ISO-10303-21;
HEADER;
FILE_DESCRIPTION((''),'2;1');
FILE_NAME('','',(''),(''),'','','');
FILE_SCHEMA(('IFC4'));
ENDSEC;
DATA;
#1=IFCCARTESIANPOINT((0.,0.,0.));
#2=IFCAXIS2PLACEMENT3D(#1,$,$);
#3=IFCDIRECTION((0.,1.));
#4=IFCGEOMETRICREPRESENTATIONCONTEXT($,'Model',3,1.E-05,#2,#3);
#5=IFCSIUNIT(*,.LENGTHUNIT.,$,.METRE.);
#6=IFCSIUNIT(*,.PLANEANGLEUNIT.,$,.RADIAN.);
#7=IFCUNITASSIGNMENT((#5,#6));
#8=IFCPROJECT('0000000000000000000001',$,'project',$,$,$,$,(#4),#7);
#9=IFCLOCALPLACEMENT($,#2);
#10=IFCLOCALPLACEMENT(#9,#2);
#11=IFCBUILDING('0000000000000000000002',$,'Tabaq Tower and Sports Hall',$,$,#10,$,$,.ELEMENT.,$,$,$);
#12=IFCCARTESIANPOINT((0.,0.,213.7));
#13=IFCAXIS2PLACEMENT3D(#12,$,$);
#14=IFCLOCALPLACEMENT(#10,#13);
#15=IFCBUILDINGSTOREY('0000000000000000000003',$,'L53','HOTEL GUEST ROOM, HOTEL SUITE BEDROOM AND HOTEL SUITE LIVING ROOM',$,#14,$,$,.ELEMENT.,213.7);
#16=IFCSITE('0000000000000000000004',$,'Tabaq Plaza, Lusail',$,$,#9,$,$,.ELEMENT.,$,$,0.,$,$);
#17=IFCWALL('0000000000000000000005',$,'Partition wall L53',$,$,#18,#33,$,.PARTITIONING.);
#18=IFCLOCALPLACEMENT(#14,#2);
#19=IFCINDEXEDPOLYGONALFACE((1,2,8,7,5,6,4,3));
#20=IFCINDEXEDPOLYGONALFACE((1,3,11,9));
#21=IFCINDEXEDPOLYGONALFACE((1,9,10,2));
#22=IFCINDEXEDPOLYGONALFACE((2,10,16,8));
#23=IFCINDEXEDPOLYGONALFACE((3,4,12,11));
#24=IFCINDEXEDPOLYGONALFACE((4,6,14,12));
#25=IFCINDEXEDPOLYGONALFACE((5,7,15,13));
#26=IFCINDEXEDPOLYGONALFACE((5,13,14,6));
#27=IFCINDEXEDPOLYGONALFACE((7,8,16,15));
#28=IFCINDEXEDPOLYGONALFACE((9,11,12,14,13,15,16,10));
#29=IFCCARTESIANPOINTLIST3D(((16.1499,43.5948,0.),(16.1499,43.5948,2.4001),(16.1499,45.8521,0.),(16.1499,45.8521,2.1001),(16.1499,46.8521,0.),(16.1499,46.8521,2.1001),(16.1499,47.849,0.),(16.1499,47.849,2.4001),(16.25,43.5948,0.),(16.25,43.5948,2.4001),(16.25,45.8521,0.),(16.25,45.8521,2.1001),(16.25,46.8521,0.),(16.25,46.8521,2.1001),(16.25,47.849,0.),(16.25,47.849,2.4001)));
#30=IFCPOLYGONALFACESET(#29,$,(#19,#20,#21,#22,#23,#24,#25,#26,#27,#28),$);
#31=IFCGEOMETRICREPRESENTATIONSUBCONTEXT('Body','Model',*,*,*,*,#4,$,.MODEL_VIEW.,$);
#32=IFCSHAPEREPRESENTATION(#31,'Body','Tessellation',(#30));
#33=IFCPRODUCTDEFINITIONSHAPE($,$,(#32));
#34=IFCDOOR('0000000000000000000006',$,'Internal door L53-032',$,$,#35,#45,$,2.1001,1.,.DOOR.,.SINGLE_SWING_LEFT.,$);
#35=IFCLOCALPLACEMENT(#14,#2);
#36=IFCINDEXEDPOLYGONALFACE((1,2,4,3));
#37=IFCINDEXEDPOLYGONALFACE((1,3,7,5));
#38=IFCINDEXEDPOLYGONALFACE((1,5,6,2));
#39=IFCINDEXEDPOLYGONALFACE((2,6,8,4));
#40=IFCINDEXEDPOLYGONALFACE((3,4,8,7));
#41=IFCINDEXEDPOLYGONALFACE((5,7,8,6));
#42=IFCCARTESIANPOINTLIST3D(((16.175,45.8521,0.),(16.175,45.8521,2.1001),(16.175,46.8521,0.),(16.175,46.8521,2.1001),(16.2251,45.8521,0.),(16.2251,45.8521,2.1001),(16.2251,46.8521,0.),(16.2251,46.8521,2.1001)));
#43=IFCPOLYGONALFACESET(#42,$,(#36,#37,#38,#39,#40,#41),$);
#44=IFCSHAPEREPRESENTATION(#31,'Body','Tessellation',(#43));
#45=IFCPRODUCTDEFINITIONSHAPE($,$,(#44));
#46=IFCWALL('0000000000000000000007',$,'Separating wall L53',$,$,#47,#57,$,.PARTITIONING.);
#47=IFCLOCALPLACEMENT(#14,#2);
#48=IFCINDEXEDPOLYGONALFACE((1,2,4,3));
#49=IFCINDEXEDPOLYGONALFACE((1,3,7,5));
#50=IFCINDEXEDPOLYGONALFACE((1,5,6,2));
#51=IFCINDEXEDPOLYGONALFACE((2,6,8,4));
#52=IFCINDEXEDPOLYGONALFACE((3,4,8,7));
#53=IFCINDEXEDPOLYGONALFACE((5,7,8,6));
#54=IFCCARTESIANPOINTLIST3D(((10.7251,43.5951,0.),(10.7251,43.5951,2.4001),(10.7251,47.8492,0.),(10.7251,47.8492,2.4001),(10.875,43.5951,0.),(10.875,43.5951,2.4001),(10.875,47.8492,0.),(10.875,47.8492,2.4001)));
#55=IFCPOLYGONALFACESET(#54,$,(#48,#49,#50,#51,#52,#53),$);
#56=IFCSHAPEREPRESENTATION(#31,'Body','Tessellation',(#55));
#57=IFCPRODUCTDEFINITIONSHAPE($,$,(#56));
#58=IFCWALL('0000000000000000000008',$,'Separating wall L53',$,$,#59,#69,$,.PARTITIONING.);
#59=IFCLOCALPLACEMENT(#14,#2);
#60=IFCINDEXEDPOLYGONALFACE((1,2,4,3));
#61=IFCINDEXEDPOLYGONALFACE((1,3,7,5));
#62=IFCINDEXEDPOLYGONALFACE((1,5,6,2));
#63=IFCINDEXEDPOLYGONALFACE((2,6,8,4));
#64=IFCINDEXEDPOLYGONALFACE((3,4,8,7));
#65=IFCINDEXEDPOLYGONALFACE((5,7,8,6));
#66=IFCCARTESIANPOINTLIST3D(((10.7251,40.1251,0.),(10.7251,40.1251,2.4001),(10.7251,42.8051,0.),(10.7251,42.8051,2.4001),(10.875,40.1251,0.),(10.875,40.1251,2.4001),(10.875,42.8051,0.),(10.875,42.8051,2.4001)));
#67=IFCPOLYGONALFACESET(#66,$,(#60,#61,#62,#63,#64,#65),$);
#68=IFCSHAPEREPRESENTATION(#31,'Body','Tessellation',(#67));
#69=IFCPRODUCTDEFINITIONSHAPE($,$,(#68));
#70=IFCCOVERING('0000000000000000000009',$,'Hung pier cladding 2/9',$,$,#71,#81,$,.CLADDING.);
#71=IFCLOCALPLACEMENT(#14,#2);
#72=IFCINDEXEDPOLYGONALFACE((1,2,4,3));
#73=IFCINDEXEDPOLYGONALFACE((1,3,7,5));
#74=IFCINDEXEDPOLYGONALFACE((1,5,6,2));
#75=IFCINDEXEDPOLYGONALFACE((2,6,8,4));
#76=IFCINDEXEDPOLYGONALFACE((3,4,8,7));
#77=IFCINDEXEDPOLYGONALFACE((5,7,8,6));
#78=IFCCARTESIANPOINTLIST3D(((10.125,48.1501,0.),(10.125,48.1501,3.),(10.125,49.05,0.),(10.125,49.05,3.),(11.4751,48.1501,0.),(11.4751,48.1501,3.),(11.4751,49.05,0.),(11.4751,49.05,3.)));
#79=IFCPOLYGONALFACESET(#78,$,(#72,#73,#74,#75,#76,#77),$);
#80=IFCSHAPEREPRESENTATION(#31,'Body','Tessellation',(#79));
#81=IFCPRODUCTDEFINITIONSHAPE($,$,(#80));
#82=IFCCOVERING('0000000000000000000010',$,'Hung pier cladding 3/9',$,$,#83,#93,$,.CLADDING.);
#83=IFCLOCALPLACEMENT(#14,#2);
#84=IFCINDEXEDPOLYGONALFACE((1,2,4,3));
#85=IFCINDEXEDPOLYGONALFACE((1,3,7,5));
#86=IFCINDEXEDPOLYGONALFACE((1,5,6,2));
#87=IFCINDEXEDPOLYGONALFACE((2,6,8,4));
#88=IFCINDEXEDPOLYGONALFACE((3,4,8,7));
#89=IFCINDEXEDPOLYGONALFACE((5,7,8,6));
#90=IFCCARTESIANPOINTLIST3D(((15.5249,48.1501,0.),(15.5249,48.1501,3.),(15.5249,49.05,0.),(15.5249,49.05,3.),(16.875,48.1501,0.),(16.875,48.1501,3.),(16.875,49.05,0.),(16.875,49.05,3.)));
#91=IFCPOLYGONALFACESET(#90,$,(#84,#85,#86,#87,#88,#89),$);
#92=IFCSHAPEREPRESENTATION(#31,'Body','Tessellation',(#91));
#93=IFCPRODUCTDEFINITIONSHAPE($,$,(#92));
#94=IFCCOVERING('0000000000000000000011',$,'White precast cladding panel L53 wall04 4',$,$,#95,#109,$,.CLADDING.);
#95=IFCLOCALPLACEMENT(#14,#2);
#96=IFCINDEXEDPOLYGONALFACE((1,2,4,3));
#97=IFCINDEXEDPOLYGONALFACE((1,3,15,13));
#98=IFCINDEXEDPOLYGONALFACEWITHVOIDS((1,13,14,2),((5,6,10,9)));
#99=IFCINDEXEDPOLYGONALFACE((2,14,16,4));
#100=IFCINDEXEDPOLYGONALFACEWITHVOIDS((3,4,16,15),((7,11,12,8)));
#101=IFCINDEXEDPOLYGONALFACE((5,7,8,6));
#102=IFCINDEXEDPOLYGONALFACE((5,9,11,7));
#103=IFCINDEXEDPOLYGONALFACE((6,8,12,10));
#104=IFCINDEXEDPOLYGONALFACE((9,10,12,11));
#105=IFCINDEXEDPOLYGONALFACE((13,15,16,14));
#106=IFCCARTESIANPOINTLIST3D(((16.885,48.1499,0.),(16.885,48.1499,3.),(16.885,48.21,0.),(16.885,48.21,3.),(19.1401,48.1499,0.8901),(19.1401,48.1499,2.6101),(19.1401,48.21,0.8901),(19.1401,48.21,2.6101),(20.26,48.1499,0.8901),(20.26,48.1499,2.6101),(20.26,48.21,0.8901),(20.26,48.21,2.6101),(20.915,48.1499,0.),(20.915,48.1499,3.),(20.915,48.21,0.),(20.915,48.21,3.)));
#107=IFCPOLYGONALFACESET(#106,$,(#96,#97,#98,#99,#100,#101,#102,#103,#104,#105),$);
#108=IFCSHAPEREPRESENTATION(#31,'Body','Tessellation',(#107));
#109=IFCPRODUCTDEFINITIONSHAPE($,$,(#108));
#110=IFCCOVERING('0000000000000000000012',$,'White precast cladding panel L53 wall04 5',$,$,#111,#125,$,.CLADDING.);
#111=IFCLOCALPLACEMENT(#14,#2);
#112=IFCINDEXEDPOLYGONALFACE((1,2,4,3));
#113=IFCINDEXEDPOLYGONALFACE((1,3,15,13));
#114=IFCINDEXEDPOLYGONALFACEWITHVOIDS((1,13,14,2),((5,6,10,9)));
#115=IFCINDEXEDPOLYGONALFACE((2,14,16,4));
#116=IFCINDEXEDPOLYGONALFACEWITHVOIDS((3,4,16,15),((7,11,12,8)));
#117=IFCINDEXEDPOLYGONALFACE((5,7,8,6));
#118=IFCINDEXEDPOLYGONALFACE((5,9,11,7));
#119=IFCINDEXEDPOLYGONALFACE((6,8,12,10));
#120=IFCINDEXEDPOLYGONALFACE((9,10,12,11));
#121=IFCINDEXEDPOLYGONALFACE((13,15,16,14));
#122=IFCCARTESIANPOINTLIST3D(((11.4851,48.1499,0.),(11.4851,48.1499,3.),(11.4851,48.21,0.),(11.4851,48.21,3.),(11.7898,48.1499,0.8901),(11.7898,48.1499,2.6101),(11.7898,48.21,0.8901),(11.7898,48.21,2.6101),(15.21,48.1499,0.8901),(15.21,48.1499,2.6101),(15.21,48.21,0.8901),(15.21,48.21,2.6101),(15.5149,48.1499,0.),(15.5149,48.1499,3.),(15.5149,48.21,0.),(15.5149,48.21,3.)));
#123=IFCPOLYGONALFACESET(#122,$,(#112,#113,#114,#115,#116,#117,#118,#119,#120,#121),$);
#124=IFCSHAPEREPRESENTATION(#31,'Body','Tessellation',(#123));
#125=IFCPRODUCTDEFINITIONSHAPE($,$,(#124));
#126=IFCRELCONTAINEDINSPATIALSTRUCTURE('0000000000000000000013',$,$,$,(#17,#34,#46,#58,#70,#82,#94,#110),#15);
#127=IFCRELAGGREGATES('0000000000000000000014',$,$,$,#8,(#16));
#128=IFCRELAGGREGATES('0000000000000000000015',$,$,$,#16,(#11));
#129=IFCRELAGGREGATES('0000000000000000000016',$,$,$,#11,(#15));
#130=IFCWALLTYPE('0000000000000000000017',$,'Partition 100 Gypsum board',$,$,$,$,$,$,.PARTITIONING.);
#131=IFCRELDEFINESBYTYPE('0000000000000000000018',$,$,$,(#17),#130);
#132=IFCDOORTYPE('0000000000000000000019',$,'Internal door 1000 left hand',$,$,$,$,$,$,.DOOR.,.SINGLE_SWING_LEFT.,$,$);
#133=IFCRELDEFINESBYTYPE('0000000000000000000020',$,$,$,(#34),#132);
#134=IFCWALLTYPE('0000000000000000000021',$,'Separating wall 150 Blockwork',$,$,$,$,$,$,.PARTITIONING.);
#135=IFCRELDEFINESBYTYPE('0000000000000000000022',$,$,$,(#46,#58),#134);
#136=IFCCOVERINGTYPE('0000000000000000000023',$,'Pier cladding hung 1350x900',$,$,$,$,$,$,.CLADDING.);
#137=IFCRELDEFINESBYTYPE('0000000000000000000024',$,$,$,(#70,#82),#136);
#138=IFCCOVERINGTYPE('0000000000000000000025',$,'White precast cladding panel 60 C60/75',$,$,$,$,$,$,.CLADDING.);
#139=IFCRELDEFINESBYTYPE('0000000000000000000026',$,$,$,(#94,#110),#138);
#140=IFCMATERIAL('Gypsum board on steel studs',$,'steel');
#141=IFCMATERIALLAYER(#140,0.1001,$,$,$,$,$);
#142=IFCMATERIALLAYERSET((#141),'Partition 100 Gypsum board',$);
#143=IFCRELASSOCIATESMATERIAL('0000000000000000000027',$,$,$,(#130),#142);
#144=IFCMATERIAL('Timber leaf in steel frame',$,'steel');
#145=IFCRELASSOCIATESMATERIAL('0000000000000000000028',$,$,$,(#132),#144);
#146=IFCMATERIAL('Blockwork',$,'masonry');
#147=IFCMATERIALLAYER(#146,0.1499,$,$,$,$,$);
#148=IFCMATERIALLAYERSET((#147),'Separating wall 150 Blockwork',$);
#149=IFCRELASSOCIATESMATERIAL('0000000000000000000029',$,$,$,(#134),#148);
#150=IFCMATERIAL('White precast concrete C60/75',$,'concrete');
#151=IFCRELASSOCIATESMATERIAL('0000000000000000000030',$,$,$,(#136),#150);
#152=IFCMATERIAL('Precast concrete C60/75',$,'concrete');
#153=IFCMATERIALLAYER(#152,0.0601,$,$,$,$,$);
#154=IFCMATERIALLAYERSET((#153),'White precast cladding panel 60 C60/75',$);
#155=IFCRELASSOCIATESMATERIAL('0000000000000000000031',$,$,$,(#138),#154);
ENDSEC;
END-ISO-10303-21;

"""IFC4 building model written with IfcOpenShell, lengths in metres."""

from ifc_helpers import new_model, si_unit, direction, frame, frame_2d, origin, place, context, subcontext, project, spatial, polyline, rectangle, outline, extrude, material, layer, layer_set, type_object, element, fill, save


model = new_model("IFC4")

# Units and contexts
model_context = context("Model", 3, precision=1e-05, world=origin(), true_north=direction((0.0, 1.0)))
body_context = subcontext(model_context, "Body", "Model", "MODEL_VIEW")
ifc_project = project(units=[si_unit("LENGTHUNIT", "METRE"), si_unit("PLANEANGLEUNIT", "RADIAN")], contexts=[model_context])

# Site, building, storey
site_placement = place(None, origin())
site = spatial("IfcSite", under=ifc_project, at=site_placement, Name="Tabaq Plaza, Lusail", CompositionType="ELEMENT", RefElevation=0.0)
building_placement = place(site_placement, origin())
building = spatial("IfcBuilding", under=site, at=building_placement, Name="Tabaq Tower and Sports Hall", CompositionType="ELEMENT")
storey_placement = place(building_placement, frame((0.0, 0.0, 213.7)))
storey = spatial("IfcBuildingStorey", under=building, at=storey_placement, Name="L53", Description="HOTEL GUEST ROOM, HOTEL SUITE BEDROOM AND HOTEL SUITE LIVING ROOM", CompositionType="ELEMENT", Elevation=213.7)

# Shared definitions
ifc_material_1 = material(Name="Gypsum board on steel studs", Category="steel")
ifc_layer_1 = layer(ifc_material_1, 0.1001)
ifc_layer_set_1 = layer_set([ifc_layer_1], Name="Partition 100 Gypsum board")
wall_type_1 = type_object("IfcWallType", Name="Partition 100 Gypsum board", PredefinedType="PARTITIONING", material=ifc_layer_set_1)

# Wall, opening, door
wall_1_placement = place(storey_placement, frame((16.2, 43.595, 0.0), z_axis=(0.0, 0.0, 1.0), x_axis=(0.0, 1.0, 0.0)))
wall_1 = element("IfcWall", 1, at=wall_1_placement, inside=storey, type_object=wall_type_1, Name="Partition wall L53", PredefinedType="PARTITIONING", context=body_context, shape_type="SweptSolid", body=[
    extrude(rectangle(XDim=4.2542, YDim=0.1001, at=frame_2d((2.127, 0.0))), origin(), (0.0, 0.0, 1.0), 2.4001),
])
opening_1_placement = place(wall_1_placement, frame((2.2571, 0.0, 0.0)))
opening_1 = element("IfcOpeningElement", 2, at=opening_1_placement, cuts=wall_1, PredefinedType="OPENING", context=body_context, shape_type="SweptSolid", body=[
    extrude(rectangle(XDim=1.0, YDim=2.1001, at=frame_2d((0.5, 1.05))), frame((0.0, 0.05, 0.0), z_axis=(0.0, -1.0, 0.0), x_axis=(1.0, 0.0, 0.0)), (0.0, 0.0, 1.0), 0.1001),
])
ifc_material_2 = material(Name="Timber leaf in steel frame", Category="steel")
door_type_1 = type_object("IfcDoorType", Name="Internal door 1000 left hand", OperationType="SINGLE_SWING_LEFT", PredefinedType="DOOR", material=ifc_material_2)
door_1_placement = place(opening_1_placement, origin())
door_1 = element("IfcDoor", 3, at=door_1_placement, inside=storey, type_object=door_type_1, Name="Internal door L53-032", OperationType="SINGLE_SWING_LEFT", OverallHeight=2.1001, OverallWidth=1.0, PredefinedType="DOOR", context=body_context, shape_type="SweptSolid", body=[
    extrude(rectangle(XDim=1.0, YDim=2.1001, at=frame_2d((0.5, 1.05))), frame((0.0, 0.0249, 0.0), z_axis=(0.0, -1.0, 0.0), x_axis=(1.0, 0.0, 0.0)), (0.0, 0.0, 1.0), 0.05),
])
fill(opening_1, door_1)

# Walls
ifc_material_3 = material(Name="Blockwork", Category="masonry")
ifc_layer_2 = layer(ifc_material_3, 0.1499)
ifc_layer_set_2 = layer_set([ifc_layer_2], Name="Separating wall 150 Blockwork")
wall_type_2 = type_object("IfcWallType", Name="Separating wall 150 Blockwork", PredefinedType="PARTITIONING", material=ifc_layer_set_2)
wall_2_placement = place(storey_placement, frame((10.8, 47.8491, 0.0), z_axis=(0.0, 0.0, 1.0), x_axis=(0.0, -1.0, 0.0)))
element("IfcWall", 4, at=wall_2_placement, inside=storey, type_object=wall_type_2, Name="Separating wall L53", PredefinedType="PARTITIONING", context=body_context, shape_type="SweptSolid", body=[
    extrude(rectangle(XDim=4.2542, YDim=0.1499, at=frame_2d((2.127, 0.0))), origin(), (0.0, 0.0, 1.0), 2.4001),
])
wall_3_placement = place(storey_placement, frame((10.8, 42.8049, 0.0), z_axis=(0.0, 0.0, 1.0), x_axis=(0.0, -1.0, 0.0)))
element("IfcWall", 5, at=wall_3_placement, inside=storey, type_object=wall_type_2, Name="Separating wall L53", PredefinedType="PARTITIONING", context=body_context, shape_type="SweptSolid", body=[
    extrude(rectangle(XDim=2.6799, YDim=0.1499, at=frame_2d((1.3398, 0.0))), origin(), (0.0, 0.0, 1.0), 2.4001),
])

# Coverings
ifc_material_4 = material(Name="White precast concrete C60/75", Category="concrete")
covering_type_1 = type_object("IfcCoveringType", Name="Pier cladding hung 1350x900", PredefinedType="CLADDING", material=ifc_material_4)
for number, where, z_axis, x_axis, name in (
    (6, (11.4751, 48.6001, 0.0), (0.0, 0.0, 1.0), (-1.0, 0.0, 0.0), "Hung pier cladding 2/9"),
    (7, (16.875, 48.6001, 0.0), (0.0, 0.0, 1.0), (-1.0, 0.0, 0.0), "Hung pier cladding 3/9"),
):
    element("IfcCovering", number, at=place(storey_placement, frame(where, z_axis=z_axis, x_axis=x_axis)), inside=storey, type_object=covering_type_1, Name=name, PredefinedType="CLADDING", context=body_context, shape_type="SweptSolid", body=[
        extrude(rectangle(XDim=1.3501, YDim=0.8999, at=frame_2d((0.675, 0.0))), origin(), (0.0, 0.0, 1.0), 3.0),
    ])
ifc_material_5 = material(Name="Precast concrete C60/75", Category="concrete")
ifc_layer_3 = layer(ifc_material_5, 0.0601)
ifc_layer_set_3 = layer_set([ifc_layer_3], Name="White precast cladding panel 60 C60/75")
covering_type_2 = type_object("IfcCoveringType", Name="White precast cladding panel 60 C60/75", PredefinedType="CLADDING", material=ifc_layer_set_3)
covering_1_placement = place(storey_placement, frame((20.915, 48.1799, 0.0), z_axis=(0.0, 0.0, 1.0), x_axis=(-1.0, 0.0, 0.0)))
element("IfcCovering", 8, at=covering_1_placement, inside=storey, type_object=covering_type_2, Name="White precast cladding panel L53 wall04 4", PredefinedType="CLADDING", context=body_context, shape_type="SweptSolid", body=[
    extrude(outline(polyline([(0.0, 0.0), (4.03, 0.0), (4.03, 3.0), (0.0, 3.0), (0.0, 0.0)]), holes=[polyline([(0.655, 0.8901), (0.655, 2.6101), (1.7749, 2.6101), (1.7749, 0.8901), (0.655, 0.8901)])]), frame((0.0, 0.03, 0.0), z_axis=(0.0, -1.0, 0.0), x_axis=(1.0, 0.0, 0.0)), (0.0, 0.0, 1.0), 0.0601),
])
covering_2_placement = place(storey_placement, frame((15.5149, 48.1799, 0.0), z_axis=(0.0, 0.0, 1.0), x_axis=(-1.0, 0.0, 0.0)))
element("IfcCovering", 9, at=covering_2_placement, inside=storey, type_object=covering_type_2, Name="White precast cladding panel L53 wall04 5", PredefinedType="CLADDING", context=body_context, shape_type="SweptSolid", body=[
    extrude(outline(polyline([(0.0, 0.0), (4.0298, 0.0), (4.0298, 3.0), (0.0, 3.0), (0.0, 0.0)]), holes=[polyline([(0.3049, 0.8901), (0.3049, 2.6101), (3.7251, 2.6101), (3.7251, 0.8901), (0.3049, 0.8901)])]), frame((0.0, 0.03, 0.0), z_axis=(0.0, -1.0, 0.0), x_axis=(1.0, 0.0, 0.0)), (0.0, 0.0, 1.0), 0.0601),
])

save(model, "model.ifc")
